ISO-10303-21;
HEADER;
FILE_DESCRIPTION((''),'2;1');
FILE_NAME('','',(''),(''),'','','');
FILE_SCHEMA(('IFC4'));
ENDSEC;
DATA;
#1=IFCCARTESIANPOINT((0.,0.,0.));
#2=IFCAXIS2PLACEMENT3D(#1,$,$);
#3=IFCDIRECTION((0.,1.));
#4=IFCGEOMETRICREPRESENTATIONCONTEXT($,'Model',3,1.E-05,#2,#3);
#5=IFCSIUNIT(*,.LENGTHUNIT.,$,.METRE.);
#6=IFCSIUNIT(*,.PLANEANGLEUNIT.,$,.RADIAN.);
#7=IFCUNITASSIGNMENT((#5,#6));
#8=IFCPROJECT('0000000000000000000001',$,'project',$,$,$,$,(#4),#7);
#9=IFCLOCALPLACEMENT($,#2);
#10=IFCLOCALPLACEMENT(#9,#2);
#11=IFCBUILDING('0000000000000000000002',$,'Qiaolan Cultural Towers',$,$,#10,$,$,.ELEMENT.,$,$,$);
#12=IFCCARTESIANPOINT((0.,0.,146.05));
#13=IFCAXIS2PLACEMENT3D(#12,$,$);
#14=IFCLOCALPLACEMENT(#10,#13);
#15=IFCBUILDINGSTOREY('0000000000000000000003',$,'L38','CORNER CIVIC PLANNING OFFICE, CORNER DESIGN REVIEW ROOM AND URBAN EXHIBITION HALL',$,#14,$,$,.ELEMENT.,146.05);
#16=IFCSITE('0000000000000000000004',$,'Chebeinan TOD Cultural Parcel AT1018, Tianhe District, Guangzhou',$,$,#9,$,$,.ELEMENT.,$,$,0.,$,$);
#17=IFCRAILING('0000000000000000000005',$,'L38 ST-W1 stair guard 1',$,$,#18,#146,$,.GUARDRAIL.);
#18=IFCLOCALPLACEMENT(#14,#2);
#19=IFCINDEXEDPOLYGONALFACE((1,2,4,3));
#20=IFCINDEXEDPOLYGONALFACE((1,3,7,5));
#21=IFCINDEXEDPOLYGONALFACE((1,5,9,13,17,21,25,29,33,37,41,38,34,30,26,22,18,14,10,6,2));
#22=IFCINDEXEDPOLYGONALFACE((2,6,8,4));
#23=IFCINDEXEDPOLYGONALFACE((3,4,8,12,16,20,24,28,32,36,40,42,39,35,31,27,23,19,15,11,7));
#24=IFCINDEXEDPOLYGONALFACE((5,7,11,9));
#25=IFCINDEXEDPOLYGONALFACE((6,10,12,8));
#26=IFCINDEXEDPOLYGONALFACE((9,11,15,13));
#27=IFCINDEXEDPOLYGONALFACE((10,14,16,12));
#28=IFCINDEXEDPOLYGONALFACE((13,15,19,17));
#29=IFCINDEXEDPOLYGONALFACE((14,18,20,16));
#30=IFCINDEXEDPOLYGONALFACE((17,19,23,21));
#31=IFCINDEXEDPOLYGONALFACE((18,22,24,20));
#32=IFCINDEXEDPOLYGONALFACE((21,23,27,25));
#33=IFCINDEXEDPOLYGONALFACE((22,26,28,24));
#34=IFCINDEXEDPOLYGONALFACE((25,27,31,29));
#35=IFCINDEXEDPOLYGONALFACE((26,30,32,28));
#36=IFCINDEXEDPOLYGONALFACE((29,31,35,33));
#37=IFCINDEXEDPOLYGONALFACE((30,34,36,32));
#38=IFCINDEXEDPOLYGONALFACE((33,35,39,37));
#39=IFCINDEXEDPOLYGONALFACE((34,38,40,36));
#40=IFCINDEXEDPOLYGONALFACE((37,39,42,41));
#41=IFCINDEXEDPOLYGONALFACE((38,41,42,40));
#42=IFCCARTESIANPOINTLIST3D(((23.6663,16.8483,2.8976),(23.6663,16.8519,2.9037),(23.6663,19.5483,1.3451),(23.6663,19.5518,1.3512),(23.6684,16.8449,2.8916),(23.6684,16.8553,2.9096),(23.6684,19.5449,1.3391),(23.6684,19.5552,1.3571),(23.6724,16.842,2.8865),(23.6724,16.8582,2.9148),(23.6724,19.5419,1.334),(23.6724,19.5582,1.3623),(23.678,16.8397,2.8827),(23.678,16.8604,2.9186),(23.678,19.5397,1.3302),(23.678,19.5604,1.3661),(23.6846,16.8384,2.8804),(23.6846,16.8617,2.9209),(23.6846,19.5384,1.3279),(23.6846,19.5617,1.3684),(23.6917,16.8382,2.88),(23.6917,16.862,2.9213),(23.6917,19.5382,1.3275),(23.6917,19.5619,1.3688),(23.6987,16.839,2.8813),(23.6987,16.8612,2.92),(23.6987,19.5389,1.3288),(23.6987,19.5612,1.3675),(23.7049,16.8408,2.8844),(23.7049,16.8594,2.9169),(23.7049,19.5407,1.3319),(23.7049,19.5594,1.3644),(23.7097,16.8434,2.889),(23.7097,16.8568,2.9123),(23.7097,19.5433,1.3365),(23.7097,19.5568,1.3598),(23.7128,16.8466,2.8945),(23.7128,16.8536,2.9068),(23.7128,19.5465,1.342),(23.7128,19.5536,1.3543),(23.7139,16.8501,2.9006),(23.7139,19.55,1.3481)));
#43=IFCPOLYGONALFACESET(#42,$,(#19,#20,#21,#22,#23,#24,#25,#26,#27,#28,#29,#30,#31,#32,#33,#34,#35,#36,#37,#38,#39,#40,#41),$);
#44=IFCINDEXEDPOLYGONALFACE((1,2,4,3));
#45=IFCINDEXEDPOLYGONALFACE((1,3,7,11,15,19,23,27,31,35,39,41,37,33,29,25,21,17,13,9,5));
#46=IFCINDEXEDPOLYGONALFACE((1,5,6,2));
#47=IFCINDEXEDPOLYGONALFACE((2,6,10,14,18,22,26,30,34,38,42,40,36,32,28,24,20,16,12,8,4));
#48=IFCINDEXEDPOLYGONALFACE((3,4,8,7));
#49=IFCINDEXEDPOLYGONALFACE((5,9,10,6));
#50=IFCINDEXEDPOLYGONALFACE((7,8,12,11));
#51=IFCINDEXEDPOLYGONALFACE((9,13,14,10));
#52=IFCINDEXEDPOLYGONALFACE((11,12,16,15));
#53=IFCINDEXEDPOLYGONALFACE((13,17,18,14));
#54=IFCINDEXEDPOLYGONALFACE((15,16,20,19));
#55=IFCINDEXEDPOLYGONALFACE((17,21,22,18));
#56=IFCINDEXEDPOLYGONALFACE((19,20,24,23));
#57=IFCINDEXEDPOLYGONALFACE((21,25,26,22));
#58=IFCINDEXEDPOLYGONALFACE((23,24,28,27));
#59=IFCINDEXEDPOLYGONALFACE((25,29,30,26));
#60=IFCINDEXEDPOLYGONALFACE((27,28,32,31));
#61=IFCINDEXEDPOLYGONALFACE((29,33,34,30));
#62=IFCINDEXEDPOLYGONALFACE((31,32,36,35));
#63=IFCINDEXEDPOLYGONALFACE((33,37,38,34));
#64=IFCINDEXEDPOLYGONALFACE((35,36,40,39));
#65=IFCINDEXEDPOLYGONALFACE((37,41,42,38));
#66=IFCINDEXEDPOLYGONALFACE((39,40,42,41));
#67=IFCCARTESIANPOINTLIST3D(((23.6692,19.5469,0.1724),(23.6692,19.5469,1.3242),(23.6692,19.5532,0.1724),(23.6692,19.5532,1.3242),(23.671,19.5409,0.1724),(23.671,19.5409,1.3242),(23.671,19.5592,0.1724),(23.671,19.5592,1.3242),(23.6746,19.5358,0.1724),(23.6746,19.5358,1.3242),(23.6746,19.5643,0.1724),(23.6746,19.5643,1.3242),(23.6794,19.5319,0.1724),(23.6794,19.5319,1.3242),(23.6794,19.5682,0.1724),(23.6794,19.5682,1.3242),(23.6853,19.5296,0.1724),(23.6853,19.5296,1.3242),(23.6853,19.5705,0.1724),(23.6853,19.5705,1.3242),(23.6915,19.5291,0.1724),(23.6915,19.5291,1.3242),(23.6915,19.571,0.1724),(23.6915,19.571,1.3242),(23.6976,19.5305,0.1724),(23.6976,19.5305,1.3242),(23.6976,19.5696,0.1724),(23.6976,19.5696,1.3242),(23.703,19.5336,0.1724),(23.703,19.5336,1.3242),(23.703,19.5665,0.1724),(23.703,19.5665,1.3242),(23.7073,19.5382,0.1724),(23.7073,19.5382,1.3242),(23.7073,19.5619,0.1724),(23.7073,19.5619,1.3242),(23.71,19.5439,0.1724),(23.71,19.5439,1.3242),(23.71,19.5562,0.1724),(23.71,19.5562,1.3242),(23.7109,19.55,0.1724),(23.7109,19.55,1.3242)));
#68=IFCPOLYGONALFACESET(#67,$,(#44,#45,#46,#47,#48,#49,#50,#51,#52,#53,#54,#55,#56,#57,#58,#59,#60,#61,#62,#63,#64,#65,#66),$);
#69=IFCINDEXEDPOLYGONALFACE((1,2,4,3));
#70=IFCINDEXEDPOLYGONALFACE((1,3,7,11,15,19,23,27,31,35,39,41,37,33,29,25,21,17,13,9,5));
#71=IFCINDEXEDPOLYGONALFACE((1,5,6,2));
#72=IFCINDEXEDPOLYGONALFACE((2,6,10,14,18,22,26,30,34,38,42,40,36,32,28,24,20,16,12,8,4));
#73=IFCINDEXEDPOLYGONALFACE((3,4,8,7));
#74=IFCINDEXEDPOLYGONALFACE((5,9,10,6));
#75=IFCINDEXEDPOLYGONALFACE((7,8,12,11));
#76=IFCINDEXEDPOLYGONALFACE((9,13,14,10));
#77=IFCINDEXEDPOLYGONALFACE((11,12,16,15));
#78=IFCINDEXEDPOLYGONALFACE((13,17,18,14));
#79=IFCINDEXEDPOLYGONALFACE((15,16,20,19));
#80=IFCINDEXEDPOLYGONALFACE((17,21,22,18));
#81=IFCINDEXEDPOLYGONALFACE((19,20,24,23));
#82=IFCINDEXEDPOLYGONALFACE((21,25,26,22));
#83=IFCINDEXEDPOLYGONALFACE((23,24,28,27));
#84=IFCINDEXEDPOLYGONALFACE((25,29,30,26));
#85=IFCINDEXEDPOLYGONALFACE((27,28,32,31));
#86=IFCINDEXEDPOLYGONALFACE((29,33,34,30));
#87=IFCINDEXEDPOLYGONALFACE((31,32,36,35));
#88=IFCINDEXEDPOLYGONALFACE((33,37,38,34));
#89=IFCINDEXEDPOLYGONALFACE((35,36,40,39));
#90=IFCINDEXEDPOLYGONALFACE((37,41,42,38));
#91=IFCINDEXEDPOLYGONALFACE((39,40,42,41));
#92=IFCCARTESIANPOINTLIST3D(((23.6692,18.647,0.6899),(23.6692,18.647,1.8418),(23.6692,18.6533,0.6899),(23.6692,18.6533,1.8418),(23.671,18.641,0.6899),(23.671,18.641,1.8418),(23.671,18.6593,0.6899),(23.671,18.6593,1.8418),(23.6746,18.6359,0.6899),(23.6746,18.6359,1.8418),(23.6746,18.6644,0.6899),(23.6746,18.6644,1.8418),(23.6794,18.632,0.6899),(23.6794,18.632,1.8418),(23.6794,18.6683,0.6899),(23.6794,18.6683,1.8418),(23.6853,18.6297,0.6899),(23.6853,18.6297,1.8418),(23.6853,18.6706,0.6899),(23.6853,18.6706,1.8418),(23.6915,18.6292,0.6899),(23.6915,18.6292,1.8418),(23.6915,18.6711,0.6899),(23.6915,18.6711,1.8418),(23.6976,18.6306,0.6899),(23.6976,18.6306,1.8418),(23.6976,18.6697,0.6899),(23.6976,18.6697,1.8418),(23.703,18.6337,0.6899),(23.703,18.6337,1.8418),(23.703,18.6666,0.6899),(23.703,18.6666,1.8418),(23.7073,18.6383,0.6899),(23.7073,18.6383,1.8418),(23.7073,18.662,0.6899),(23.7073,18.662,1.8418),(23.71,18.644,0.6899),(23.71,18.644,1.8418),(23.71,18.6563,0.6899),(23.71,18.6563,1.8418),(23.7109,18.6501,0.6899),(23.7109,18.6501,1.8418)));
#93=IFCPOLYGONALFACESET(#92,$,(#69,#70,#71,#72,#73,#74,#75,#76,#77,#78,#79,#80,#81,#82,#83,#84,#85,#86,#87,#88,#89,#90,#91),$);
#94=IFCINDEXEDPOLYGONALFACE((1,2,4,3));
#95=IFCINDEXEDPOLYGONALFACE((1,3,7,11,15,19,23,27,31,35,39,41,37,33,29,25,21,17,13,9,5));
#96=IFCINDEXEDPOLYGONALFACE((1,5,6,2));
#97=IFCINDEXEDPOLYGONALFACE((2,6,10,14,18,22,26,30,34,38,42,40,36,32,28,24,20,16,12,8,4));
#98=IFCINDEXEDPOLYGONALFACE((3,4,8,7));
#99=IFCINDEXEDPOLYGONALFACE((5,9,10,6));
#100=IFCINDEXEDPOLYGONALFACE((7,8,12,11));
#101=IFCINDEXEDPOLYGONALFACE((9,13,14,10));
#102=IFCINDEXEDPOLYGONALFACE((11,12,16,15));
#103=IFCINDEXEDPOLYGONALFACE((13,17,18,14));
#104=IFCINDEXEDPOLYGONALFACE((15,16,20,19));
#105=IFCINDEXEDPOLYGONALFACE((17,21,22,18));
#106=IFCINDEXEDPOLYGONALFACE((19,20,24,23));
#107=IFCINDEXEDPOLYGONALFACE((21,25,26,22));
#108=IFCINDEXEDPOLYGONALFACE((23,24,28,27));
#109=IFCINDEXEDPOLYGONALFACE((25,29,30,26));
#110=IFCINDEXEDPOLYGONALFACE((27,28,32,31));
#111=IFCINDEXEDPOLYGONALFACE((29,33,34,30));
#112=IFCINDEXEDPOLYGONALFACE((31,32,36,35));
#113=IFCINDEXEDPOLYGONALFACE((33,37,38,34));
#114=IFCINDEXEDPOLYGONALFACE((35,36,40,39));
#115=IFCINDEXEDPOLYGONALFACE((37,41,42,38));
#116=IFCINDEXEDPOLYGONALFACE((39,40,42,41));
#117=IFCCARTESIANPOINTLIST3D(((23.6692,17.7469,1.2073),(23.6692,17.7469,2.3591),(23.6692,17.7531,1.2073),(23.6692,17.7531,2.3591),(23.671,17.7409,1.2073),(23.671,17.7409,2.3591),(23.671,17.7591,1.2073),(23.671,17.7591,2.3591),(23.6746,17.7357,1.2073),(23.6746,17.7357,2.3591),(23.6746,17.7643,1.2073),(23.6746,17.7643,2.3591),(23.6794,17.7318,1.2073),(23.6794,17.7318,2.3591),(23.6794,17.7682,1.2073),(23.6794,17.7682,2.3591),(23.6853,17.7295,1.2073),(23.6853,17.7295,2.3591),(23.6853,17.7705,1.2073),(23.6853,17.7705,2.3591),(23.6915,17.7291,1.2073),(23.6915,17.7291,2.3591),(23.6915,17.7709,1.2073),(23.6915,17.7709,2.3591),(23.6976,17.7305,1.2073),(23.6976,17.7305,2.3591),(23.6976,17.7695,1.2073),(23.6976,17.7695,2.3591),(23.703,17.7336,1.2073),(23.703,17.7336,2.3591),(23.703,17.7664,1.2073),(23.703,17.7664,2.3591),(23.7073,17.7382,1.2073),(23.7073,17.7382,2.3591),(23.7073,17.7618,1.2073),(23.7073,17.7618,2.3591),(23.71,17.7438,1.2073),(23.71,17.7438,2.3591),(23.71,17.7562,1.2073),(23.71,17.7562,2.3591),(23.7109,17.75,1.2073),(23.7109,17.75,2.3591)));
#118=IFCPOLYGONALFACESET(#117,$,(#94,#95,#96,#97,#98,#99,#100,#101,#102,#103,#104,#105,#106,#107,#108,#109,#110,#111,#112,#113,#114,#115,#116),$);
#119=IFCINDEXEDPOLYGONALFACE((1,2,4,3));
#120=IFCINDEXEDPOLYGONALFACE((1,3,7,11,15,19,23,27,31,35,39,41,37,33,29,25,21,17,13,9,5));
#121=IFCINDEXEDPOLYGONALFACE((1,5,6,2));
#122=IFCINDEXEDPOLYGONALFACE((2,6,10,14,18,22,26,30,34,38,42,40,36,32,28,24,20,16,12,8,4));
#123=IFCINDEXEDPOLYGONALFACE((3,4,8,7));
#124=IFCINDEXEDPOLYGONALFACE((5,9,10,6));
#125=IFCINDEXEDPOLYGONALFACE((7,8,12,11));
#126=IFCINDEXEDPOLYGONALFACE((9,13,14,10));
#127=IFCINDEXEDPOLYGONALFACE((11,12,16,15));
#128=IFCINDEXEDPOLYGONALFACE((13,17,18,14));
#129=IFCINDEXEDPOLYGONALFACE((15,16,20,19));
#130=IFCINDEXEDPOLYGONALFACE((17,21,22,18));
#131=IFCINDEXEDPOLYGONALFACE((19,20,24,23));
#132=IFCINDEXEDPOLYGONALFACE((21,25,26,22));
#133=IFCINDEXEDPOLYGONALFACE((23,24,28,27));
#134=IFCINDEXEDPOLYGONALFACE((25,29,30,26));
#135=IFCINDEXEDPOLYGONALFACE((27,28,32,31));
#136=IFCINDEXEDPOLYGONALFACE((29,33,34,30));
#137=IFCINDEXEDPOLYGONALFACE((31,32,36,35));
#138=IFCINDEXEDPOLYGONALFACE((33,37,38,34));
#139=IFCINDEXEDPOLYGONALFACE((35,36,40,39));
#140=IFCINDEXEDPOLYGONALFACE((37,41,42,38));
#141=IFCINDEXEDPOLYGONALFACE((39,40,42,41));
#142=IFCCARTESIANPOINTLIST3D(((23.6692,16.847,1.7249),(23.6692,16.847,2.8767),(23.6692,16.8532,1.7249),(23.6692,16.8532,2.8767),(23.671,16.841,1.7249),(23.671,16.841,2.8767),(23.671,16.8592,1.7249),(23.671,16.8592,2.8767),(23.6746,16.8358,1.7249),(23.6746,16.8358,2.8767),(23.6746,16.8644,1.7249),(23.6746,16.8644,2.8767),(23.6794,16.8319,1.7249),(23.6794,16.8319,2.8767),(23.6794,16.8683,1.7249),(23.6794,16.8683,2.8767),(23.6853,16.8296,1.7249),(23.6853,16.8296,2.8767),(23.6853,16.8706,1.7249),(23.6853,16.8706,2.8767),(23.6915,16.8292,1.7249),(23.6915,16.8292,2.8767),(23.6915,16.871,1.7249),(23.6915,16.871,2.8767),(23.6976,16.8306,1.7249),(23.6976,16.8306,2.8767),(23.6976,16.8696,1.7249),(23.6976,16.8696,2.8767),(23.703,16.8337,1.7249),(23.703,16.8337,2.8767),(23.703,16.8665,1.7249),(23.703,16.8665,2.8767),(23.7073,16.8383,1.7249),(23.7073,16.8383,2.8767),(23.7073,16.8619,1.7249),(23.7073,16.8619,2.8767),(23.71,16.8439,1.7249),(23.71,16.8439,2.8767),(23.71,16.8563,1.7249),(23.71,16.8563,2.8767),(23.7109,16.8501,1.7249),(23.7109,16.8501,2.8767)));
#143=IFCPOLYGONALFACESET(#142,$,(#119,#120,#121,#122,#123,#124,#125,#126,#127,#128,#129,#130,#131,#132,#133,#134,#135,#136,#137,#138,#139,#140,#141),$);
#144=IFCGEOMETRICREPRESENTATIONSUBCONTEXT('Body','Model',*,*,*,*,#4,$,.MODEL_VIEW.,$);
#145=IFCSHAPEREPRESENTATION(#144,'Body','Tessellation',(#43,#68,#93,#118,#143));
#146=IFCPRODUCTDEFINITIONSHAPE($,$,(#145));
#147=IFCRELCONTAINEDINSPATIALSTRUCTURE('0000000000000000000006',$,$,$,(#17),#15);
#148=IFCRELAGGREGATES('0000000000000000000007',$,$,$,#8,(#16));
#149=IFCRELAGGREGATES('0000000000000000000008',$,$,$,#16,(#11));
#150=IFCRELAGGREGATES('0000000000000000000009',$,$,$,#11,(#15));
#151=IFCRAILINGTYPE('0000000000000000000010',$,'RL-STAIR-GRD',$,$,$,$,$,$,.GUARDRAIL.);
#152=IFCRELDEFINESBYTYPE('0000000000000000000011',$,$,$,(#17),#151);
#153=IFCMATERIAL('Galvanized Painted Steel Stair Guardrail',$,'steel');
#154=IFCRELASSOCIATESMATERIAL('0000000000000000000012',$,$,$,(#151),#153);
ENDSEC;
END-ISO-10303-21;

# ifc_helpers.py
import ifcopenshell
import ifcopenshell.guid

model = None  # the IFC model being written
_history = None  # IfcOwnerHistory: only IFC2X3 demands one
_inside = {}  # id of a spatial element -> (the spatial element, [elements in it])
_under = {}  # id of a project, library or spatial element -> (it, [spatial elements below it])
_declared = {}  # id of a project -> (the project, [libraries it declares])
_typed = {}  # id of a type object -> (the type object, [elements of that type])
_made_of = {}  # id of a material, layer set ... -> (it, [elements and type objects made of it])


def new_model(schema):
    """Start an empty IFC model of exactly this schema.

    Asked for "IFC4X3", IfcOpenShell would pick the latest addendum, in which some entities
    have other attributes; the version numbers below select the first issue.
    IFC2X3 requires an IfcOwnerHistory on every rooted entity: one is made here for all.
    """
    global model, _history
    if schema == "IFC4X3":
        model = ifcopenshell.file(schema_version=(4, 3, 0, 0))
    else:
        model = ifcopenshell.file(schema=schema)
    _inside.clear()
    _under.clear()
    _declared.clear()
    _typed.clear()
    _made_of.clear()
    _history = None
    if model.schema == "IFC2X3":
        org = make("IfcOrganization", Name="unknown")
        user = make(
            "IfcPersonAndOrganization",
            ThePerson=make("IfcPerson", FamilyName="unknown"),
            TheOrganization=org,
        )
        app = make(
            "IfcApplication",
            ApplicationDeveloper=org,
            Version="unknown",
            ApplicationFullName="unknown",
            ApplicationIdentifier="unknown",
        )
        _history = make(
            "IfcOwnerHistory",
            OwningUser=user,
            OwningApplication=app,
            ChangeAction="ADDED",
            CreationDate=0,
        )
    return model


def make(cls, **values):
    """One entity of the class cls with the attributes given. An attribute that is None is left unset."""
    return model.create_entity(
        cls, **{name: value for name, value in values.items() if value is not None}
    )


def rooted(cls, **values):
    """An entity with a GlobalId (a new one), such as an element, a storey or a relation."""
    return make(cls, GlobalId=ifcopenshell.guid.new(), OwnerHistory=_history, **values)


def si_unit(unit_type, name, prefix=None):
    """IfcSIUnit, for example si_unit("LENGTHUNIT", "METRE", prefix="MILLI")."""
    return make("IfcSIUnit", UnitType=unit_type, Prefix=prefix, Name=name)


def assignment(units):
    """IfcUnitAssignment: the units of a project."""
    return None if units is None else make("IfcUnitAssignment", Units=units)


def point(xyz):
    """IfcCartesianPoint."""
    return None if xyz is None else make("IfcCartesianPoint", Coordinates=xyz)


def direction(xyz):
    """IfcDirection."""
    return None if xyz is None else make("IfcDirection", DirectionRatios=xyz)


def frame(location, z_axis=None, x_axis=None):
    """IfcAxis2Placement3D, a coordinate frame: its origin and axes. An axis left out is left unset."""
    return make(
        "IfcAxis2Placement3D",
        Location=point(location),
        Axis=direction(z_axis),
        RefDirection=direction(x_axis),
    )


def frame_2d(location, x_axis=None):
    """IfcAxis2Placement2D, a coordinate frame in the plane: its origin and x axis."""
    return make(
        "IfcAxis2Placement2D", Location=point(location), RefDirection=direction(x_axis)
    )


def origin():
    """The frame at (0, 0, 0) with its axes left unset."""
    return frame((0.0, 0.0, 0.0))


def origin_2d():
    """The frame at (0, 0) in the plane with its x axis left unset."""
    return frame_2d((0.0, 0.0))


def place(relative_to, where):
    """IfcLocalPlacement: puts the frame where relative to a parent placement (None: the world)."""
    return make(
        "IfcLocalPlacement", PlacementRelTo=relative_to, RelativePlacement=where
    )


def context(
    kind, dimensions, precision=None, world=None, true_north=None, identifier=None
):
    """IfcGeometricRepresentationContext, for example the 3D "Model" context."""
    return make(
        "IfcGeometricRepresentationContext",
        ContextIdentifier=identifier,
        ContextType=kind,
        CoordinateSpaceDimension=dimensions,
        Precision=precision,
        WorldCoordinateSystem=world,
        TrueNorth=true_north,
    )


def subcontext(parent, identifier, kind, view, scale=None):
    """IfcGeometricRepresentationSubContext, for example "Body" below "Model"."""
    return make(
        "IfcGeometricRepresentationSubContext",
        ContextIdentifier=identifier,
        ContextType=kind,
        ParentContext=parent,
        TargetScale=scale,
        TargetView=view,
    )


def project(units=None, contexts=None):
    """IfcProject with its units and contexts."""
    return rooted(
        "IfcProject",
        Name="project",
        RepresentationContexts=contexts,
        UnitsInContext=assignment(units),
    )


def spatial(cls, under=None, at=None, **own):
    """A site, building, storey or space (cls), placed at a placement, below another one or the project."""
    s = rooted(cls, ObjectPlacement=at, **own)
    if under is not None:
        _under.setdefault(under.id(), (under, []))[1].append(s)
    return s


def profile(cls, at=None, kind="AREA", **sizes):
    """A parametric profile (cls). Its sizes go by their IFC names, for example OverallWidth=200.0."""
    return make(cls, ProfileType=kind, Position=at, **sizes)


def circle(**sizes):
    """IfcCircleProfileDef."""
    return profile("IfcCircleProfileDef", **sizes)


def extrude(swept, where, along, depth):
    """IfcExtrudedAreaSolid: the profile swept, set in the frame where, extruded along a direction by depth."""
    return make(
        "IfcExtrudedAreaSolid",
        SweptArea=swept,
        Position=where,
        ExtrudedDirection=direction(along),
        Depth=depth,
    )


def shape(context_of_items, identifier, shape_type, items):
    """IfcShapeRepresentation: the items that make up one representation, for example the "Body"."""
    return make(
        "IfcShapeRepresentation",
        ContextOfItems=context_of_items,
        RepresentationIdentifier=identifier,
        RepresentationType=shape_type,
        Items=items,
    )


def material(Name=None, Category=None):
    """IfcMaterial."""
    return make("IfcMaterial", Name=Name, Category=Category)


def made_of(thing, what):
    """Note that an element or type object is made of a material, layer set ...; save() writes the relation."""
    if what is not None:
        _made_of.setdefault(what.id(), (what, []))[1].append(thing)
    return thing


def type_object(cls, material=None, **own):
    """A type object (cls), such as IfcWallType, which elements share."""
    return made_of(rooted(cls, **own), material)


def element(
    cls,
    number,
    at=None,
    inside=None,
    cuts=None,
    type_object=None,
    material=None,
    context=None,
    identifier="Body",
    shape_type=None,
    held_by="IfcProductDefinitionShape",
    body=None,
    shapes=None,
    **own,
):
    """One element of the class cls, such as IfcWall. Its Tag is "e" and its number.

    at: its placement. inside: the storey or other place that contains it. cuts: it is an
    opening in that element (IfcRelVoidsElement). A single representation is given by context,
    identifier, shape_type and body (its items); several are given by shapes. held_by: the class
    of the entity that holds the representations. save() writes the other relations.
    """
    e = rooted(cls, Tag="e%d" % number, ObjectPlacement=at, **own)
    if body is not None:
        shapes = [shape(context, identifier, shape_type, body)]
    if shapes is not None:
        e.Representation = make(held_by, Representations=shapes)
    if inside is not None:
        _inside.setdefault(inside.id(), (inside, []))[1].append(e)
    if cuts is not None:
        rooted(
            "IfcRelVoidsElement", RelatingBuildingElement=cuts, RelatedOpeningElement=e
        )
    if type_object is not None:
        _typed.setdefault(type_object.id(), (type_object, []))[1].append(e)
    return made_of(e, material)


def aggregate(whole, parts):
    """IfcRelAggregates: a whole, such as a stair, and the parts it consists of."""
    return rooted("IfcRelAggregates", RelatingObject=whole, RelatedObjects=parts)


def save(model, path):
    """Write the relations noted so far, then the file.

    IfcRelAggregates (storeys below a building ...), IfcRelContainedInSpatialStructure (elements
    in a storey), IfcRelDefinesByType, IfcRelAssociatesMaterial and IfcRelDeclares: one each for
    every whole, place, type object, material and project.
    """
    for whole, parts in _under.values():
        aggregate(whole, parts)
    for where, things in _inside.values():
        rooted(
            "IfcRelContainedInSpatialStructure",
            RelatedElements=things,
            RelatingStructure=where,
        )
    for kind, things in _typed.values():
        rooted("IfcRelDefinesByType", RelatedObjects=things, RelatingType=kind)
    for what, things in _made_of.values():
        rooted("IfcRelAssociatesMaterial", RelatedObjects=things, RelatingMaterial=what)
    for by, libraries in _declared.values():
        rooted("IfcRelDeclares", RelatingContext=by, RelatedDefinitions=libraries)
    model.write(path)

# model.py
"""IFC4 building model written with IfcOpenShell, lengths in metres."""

from ifc_helpers import new_model, si_unit, direction, frame, origin, origin_2d, place, context, subcontext, project, spatial, circle, extrude, material, type_object, element, save


model = new_model("IFC4")

# Units and contexts
model_context = context("Model", 3, precision=1e-05, world=origin(), true_north=direction((0.0, 1.0)))
body_context = subcontext(model_context, "Body", "Model", "MODEL_VIEW")
ifc_project = project(units=[si_unit("LENGTHUNIT", "METRE"), si_unit("PLANEANGLEUNIT", "RADIAN")], contexts=[model_context])

# Site, building, storey
site_placement = place(None, origin())
site = spatial("IfcSite", under=ifc_project, at=site_placement, Name="Chebeinan TOD Cultural Parcel AT1018, Tianhe District, Guangzhou", CompositionType="ELEMENT", RefElevation=0.0)
building_placement = place(site_placement, origin())
building = spatial("IfcBuilding", under=site, at=building_placement, Name="Qiaolan Cultural Towers", CompositionType="ELEMENT")
storey_placement = place(building_placement, frame((0.0, 0.0, 146.05)))
storey = spatial("IfcBuildingStorey", under=building, at=storey_placement, Name="L38", Description="CORNER CIVIC PLANNING OFFICE, CORNER DESIGN REVIEW ROOM AND URBAN EXHIBITION HALL", CompositionType="ELEMENT", Elevation=146.05)

# Railing
ifc_material_1 = material(Name="Galvanized Painted Steel Stair Guardrail", Category="steel")
railing_type_1 = type_object("IfcRailingType", Name="RL-STAIR-GRD", PredefinedType="GUARDRAIL", material=ifc_material_1)
railing_1_placement = place(storey_placement, frame((23.6899, 19.55, 0.1724)))
element("IfcRailing", 1, at=railing_1_placement, inside=storey, type_object=railing_type_1, Name="L38 ST-W1 stair guard 1", PredefinedType="GUARDRAIL", context=body_context, shape_type="SweptSolid", body=[
    extrude(circle(Radius=0.0239, at=origin_2d()), frame((0.0, 0.0, 1.1758), z_axis=(0.0, -0.866904, 0.498476), x_axis=(1.0, 0.0, 0.0)), (0.0, 0.0, 1.0), 3.1145),
    extrude(circle(Radius=0.021, at=origin_2d()), origin(), (0.0, 0.0, 1.0), 1.1519),
    extrude(circle(Radius=0.021, at=origin_2d()), frame((0.0, -0.8999, 0.5176)), (0.0, 0.0, 1.0), 1.1519),
    extrude(circle(Radius=0.021, at=origin_2d()), frame((0.0, -1.8, 1.0349)), (0.0, 0.0, 1.0), 1.1519),
    extrude(circle(Radius=0.021, at=origin_2d()), frame((0.0, -2.7, 1.5525)), (0.0, 0.0, 1.0), 1.1519),
])

save(model, "model.ifc")
